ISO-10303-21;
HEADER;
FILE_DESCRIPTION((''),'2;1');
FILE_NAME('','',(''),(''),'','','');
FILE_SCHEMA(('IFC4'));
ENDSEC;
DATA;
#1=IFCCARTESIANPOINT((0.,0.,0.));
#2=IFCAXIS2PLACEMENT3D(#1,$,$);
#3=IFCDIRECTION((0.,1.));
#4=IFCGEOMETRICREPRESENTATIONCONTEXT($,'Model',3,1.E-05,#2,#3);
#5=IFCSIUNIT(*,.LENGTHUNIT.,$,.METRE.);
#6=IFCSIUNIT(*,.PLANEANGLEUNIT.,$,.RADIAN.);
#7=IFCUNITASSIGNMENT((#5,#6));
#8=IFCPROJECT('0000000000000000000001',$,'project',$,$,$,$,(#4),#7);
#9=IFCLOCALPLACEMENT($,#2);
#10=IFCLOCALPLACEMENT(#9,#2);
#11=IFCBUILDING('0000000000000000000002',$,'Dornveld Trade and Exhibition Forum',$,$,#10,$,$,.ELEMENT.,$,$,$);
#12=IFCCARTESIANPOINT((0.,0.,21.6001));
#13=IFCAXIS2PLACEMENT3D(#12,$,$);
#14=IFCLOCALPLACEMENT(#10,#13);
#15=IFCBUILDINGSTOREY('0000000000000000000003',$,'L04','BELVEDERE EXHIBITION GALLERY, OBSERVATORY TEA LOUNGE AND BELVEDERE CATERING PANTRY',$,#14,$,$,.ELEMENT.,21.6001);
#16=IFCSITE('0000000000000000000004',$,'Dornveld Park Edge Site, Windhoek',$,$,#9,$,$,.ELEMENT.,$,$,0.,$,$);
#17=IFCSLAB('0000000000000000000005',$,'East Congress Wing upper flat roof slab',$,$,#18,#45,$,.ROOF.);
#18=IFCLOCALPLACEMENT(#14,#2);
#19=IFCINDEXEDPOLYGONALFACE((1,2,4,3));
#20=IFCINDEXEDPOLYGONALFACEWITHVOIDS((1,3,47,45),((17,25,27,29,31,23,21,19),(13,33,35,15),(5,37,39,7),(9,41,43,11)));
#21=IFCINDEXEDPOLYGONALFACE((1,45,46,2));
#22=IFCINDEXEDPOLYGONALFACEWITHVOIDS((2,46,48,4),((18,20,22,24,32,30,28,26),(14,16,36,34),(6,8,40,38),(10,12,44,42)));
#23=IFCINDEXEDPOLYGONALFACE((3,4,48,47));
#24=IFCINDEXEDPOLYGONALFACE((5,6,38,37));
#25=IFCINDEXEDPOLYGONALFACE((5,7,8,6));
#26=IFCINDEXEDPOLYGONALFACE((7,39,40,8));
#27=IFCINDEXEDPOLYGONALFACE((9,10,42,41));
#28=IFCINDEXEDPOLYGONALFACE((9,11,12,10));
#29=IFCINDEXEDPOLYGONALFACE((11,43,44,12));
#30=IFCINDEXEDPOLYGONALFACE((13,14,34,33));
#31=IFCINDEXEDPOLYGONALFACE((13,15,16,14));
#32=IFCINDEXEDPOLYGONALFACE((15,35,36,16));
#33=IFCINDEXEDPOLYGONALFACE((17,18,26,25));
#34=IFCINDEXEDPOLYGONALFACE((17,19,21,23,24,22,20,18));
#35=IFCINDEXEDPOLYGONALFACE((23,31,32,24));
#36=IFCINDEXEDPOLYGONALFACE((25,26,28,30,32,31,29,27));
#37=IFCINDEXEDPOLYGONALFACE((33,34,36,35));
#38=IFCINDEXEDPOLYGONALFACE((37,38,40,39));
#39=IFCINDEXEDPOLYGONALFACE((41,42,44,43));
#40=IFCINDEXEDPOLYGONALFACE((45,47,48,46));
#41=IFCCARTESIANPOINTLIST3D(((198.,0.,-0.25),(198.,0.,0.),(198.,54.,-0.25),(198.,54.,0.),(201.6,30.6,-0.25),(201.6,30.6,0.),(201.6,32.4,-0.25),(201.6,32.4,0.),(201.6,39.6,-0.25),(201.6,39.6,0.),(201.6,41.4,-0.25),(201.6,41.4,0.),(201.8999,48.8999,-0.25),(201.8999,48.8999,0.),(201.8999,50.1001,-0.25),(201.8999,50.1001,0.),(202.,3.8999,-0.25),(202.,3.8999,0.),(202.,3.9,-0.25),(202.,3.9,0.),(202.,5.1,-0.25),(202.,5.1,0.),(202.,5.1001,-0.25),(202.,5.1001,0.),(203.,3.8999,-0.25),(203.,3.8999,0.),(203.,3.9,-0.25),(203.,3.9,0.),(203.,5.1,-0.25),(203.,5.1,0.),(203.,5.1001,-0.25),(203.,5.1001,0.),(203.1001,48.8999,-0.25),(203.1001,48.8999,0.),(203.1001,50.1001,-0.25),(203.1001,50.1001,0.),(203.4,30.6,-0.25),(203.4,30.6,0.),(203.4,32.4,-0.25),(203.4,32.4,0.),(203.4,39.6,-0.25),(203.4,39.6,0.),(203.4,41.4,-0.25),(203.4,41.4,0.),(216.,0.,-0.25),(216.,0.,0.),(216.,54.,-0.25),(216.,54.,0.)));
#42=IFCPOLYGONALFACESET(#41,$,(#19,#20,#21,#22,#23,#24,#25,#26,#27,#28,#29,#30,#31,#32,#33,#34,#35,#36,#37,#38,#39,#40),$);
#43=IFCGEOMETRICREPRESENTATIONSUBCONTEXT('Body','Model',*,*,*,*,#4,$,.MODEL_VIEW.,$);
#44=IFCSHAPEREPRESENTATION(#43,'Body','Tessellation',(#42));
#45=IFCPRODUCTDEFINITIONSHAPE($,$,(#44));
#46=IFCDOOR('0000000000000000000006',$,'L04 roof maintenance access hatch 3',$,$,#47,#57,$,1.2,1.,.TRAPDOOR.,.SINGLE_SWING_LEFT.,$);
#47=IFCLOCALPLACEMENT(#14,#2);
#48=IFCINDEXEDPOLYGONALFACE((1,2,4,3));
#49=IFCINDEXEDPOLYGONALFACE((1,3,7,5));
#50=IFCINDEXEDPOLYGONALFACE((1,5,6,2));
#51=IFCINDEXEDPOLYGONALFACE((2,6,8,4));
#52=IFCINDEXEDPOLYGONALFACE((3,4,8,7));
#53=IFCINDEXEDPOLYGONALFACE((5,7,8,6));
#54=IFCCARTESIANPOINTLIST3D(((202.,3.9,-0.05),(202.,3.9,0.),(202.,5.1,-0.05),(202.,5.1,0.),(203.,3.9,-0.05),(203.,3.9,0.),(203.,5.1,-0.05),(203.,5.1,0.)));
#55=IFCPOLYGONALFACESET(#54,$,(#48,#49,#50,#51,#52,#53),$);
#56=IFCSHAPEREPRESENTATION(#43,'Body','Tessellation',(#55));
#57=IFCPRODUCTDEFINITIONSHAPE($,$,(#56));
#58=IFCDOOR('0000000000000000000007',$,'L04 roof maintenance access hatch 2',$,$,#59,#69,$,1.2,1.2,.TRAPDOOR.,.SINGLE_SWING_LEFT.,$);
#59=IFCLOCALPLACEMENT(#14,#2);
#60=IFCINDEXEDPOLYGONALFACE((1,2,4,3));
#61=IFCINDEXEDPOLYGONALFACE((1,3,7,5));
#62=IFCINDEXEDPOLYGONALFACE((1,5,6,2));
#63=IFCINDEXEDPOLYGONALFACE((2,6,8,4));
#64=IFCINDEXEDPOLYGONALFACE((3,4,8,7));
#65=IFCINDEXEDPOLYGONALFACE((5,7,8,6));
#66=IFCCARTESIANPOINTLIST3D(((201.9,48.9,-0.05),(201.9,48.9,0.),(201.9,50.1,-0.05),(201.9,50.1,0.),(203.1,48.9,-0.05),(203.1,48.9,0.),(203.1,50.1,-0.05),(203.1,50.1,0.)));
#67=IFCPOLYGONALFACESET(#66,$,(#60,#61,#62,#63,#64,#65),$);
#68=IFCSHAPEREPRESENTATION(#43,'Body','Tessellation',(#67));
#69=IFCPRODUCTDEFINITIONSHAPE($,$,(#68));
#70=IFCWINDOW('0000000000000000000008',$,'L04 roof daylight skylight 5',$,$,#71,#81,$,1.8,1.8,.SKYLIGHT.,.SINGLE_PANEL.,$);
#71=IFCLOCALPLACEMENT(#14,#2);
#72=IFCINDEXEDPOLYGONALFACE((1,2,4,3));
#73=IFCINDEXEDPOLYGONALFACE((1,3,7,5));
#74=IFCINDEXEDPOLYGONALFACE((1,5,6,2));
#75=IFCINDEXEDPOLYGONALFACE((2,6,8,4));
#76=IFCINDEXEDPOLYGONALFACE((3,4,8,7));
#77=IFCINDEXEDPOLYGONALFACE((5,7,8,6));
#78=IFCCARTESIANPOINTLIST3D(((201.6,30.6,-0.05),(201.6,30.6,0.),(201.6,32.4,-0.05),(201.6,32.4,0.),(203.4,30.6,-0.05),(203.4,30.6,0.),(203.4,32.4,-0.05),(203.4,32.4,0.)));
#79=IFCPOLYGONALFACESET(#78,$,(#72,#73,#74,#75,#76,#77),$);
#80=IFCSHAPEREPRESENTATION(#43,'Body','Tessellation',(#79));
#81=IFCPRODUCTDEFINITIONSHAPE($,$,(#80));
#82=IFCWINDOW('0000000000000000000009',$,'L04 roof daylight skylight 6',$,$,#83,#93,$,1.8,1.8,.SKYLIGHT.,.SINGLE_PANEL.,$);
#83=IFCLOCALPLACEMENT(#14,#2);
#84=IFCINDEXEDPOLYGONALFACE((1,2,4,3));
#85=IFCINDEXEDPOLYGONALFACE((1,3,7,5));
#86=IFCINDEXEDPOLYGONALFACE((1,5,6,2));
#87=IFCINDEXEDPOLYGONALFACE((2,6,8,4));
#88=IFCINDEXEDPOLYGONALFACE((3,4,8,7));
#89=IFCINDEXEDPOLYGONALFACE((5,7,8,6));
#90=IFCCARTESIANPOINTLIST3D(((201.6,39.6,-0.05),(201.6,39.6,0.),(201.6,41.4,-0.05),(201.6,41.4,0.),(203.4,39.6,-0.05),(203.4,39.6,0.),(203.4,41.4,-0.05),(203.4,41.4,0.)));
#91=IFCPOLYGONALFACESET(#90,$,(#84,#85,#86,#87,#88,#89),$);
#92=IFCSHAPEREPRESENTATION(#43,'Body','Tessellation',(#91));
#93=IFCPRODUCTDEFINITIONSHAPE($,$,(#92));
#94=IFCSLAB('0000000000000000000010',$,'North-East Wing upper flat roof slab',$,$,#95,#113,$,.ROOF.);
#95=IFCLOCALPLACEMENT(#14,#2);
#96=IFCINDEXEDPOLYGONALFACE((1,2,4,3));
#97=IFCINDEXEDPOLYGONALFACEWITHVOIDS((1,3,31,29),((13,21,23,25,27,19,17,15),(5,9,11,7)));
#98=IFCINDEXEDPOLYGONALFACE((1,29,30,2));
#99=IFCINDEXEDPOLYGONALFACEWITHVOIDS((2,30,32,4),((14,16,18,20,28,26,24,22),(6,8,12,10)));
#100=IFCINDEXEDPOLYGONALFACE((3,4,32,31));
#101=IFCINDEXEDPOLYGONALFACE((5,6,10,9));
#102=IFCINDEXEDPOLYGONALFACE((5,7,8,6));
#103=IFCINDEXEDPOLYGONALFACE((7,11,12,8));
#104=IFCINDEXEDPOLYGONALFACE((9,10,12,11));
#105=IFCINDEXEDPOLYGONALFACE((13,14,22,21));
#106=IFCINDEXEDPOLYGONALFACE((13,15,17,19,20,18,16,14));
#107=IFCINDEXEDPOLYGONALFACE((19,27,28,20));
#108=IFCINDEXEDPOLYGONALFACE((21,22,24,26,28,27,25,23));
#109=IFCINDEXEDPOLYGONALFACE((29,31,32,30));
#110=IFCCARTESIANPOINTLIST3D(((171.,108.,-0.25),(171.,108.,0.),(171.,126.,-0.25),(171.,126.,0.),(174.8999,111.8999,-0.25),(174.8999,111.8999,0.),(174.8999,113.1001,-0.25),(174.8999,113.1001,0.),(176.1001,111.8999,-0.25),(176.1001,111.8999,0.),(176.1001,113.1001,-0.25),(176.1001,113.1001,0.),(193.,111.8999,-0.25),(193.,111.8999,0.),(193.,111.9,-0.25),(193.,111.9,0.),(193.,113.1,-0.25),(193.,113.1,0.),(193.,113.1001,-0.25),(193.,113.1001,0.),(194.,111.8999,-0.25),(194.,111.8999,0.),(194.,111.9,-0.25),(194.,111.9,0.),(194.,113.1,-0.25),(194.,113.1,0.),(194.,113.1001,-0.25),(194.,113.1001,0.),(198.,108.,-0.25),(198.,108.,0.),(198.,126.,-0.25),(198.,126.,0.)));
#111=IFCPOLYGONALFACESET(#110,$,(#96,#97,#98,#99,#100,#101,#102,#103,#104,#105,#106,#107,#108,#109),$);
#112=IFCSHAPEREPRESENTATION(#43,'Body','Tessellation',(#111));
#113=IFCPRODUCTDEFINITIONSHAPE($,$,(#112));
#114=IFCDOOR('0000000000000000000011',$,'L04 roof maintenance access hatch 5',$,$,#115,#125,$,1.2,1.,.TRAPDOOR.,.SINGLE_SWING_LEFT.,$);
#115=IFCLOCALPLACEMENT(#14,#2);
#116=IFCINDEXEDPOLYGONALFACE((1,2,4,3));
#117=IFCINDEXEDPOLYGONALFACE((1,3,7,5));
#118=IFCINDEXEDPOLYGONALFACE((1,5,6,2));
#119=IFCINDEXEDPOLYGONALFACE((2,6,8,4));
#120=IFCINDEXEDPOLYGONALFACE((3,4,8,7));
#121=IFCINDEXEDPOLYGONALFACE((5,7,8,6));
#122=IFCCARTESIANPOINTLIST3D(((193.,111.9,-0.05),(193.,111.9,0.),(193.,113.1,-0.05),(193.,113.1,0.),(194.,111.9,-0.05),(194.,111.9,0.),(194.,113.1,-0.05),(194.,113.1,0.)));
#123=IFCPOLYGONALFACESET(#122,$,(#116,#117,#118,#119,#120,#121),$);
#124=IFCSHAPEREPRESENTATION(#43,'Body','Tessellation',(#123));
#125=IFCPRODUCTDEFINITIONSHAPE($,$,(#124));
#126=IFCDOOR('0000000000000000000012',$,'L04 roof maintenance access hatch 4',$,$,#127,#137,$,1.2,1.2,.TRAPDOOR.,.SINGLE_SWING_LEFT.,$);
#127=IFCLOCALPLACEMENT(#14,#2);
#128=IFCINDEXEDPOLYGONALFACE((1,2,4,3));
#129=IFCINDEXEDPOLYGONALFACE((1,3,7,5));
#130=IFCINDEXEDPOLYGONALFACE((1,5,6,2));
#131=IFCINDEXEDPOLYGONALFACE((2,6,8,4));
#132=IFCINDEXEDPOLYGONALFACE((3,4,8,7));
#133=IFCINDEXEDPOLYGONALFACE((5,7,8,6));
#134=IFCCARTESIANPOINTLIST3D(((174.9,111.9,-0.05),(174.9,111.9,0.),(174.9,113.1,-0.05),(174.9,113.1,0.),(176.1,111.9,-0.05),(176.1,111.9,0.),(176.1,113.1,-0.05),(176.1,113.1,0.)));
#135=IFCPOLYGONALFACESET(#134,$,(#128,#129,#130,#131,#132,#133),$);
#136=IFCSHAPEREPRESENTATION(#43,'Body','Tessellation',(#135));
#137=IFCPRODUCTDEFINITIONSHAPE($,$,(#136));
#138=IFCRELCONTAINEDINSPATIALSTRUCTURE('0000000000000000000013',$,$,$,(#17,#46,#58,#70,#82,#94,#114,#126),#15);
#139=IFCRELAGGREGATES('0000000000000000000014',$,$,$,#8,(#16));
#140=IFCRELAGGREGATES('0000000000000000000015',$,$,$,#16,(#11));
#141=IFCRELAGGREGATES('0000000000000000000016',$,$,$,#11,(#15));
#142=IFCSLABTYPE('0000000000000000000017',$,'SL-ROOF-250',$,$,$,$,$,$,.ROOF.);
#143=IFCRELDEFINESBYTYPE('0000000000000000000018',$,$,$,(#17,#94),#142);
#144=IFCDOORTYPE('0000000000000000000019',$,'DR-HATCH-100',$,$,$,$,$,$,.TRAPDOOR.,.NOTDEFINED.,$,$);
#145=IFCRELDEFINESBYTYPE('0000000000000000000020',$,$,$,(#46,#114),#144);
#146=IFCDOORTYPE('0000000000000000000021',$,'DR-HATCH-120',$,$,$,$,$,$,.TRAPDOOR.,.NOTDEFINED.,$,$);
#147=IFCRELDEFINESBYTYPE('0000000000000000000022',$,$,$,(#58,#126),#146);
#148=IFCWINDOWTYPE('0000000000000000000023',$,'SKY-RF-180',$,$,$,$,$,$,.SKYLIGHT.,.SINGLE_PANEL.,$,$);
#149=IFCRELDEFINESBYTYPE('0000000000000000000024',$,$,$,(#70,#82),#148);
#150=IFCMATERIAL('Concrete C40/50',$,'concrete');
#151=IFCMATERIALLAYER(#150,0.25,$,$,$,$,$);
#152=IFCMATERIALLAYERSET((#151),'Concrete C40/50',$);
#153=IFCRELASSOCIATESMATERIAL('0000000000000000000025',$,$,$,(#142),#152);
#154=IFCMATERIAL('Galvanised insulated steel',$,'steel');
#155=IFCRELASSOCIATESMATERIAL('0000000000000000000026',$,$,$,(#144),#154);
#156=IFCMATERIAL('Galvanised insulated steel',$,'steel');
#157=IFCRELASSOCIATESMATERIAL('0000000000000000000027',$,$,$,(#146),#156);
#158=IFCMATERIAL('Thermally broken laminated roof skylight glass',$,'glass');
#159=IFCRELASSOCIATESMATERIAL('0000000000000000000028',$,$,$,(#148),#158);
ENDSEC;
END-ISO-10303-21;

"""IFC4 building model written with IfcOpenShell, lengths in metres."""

from ifc_helpers import new_model, si_unit, direction, frame, origin, origin_2d, place, context, subcontext, project, spatial, polyline, rectangle, outline, extrude, material, layer, layer_set, type_object, element, fill, save


model = new_model("IFC4")

# Units and contexts
model_context = context("Model", 3, precision=1e-05, world=origin(), true_north=direction((0.0, 1.0)))
body_context = subcontext(model_context, "Body", "Model", "MODEL_VIEW")
ifc_project = project(units=[si_unit("LENGTHUNIT", "METRE"), si_unit("PLANEANGLEUNIT", "RADIAN")], contexts=[model_context])

# Site, building, storey
site_placement = place(None, origin())
site = spatial("IfcSite", under=ifc_project, at=site_placement, Name="Dornveld Park Edge Site, Windhoek", CompositionType="ELEMENT", RefElevation=0.0)
building_placement = place(site_placement, origin())
building = spatial("IfcBuilding", under=site, at=building_placement, Name="Dornveld Trade and Exhibition Forum", CompositionType="ELEMENT")
storey_placement = place(building_placement, frame((0.0, 0.0, 21.6001)))
storey = spatial("IfcBuildingStorey", under=building, at=storey_placement, Name="L04", Description="BELVEDERE EXHIBITION GALLERY, OBSERVATORY TEA LOUNGE AND BELVEDERE CATERING PANTRY", CompositionType="ELEMENT", Elevation=21.6001)

# Slab, openings, doors, windows
ifc_material_1 = material(Name="Concrete C40/50", Category="concrete")
ifc_layer_1 = layer(ifc_material_1, 0.25)
ifc_layer_set_1 = layer_set([ifc_layer_1], Name="Concrete C40/50")
slab_type_1 = type_object("IfcSlabType", Name="SL-ROOF-250", PredefinedType="ROOF", material=ifc_layer_set_1)
slab_1_placement = place(storey_placement, frame((0.0, 0.0, -0.25)))
slab_1 = element("IfcSlab", 1, at=slab_1_placement, inside=storey, type_object=slab_type_1, Name="East Congress Wing upper flat roof slab", PredefinedType="ROOF", context=body_context, shape_type="SweptSolid", body=[
    extrude(outline(polyline([(198.0, 0.0), (216.0, 0.0), (216.0, 54.0), (198.0, 54.0), (198.0, 0.0)]), holes=[polyline([(201.6001, 30.6001), (203.3999, 30.6001), (203.3999, 32.3999), (201.6001, 32.3999), (201.6001, 30.6001)]), polyline([(201.6001, 39.6001), (203.3999, 39.6001), (203.3999, 41.3999), (201.6001, 41.3999), (201.6001, 39.6001)]), polyline([(201.8999, 48.8999), (203.1001, 48.8999), (203.1001, 50.1001), (201.8999, 50.1001), (201.8999, 48.8999)]), polyline([(202.0, 3.8999), (203.0, 3.8999), (203.0, 5.1001), (202.0, 5.1001), (202.0, 3.8999)])]), origin(), (0.0, 0.0, 1.0), 0.25),
])
opening_1_placement = place(slab_1_placement, frame((202.5, 31.5, 0.0)))
opening_1 = element("IfcOpeningElement", 2, at=opening_1_placement, cuts=slab_1, PredefinedType="OPENING", context=body_context, shape_type="SweptSolid", body=[
    extrude(rectangle(XDim=1.8, YDim=1.8, at=origin_2d()), origin(), (0.0, 0.0, 1.0), 0.25),
])
opening_2_placement = place(slab_1_placement, frame((202.5, 40.5, 0.0)))
opening_2 = element("IfcOpeningElement", 3, at=opening_2_placement, cuts=slab_1, PredefinedType="OPENING", context=body_context, shape_type="SweptSolid", body=[
    extrude(rectangle(XDim=1.8, YDim=1.8, at=origin_2d()), origin(), (0.0, 0.0, 1.0), 0.25),
])
opening_3_placement = place(slab_1_placement, frame((202.5, 49.5, 0.0)))
opening_3 = element("IfcOpeningElement", 4, at=opening_3_placement, cuts=slab_1, PredefinedType="OPENING", context=body_context, shape_type="SweptSolid", body=[
    extrude(rectangle(XDim=1.2, YDim=1.2, at=origin_2d()), origin(), (0.0, 0.0, 1.0), 0.25),
])
opening_4_placement = place(slab_1_placement, frame((202.5, 4.5, 0.0)))
opening_4 = element("IfcOpeningElement", 5, at=opening_4_placement, cuts=slab_1, PredefinedType="OPENING", context=body_context, shape_type="SweptSolid", body=[
    extrude(rectangle(XDim=1.0, YDim=1.2, at=origin_2d()), origin(), (0.0, 0.0, 1.0), 0.25),
])
ifc_material_2 = material(Name="Galvanised insulated steel", Category="steel")
door_type_1 = type_object("IfcDoorType", Name="DR-HATCH-100", OperationType="NOTDEFINED", PredefinedType="TRAPDOOR", material=ifc_material_2)
door_1_placement = place(opening_4_placement, frame((0.0, 0.0, 0.2)))
door_1 = element("IfcDoor", 6, at=door_1_placement, inside=storey, type_object=door_type_1, Name="L04 roof maintenance access hatch 3", OperationType="SINGLE_SWING_LEFT", OverallHeight=1.2, OverallWidth=1.0, PredefinedType="TRAPDOOR", context=body_context, shape_type="SweptSolid", body=[
    extrude(rectangle(XDim=1.0, YDim=1.2, at=origin_2d()), origin(), (0.0, 0.0, 1.0), 0.05),
])
fill(opening_4, door_1)
ifc_material_3 = material(Name="Galvanised insulated steel", Category="steel")
door_type_2 = type_object("IfcDoorType", Name="DR-HATCH-120", OperationType="NOTDEFINED", PredefinedType="TRAPDOOR", material=ifc_material_3)
door_2_placement = place(opening_3_placement, frame((0.0, 0.0, 0.2)))
door_2 = element("IfcDoor", 7, at=door_2_placement, inside=storey, type_object=door_type_2, Name="L04 roof maintenance access hatch 2", OperationType="SINGLE_SWING_LEFT", OverallHeight=1.2, OverallWidth=1.2, PredefinedType="TRAPDOOR", context=body_context, shape_type="SweptSolid", body=[
    extrude(rectangle(XDim=1.2, YDim=1.2, at=origin_2d()), origin(), (0.0, 0.0, 1.0), 0.05),
])
fill(opening_3, door_2)
ifc_material_4 = material(Name="Thermally broken laminated roof skylight glass", Category="glass")
window_type = type_object("IfcWindowType", Name="SKY-RF-180", PartitioningType="SINGLE_PANEL", PredefinedType="SKYLIGHT", material=ifc_material_4)
window_1_placement = place(opening_1_placement, frame((0.0, 0.0, 0.2)))
window_1 = element("IfcWindow", 8, at=window_1_placement, inside=storey, type_object=window_type, Name="L04 roof daylight skylight 5", OverallHeight=1.8, OverallWidth=1.8, PartitioningType="SINGLE_PANEL", PredefinedType="SKYLIGHT", context=body_context, shape_type="SweptSolid", body=[
    extrude(rectangle(XDim=1.8, YDim=1.8, at=origin_2d()), origin(), (0.0, 0.0, 1.0), 0.05),
])
fill(opening_1, window_1)
window_2_placement = place(opening_2_placement, frame((0.0, 0.0, 0.2)))
window_2 = element("IfcWindow", 9, at=window_2_placement, inside=storey, type_object=window_type, Name="L04 roof daylight skylight 6", OverallHeight=1.8, OverallWidth=1.8, PartitioningType="SINGLE_PANEL", PredefinedType="SKYLIGHT", context=body_context, shape_type="SweptSolid", body=[
    extrude(rectangle(XDim=1.8, YDim=1.8, at=origin_2d()), origin(), (0.0, 0.0, 1.0), 0.05),
])
fill(opening_2, window_2)

# Slab, openings, doors
slab_2_placement = place(storey_placement, frame((0.0, 0.0, -0.25)))
slab_2 = element("IfcSlab", 10, at=slab_2_placement, inside=storey, type_object=slab_type_1, Name="North-East Wing upper flat roof slab", PredefinedType="ROOF", context=body_context, shape_type="SweptSolid", body=[
    extrude(outline(polyline([(171.0, 108.0), (198.0, 108.0), (198.0, 126.0), (171.0, 126.0), (171.0, 108.0)]), holes=[polyline([(174.8999, 111.8999), (176.1001, 111.8999), (176.1001, 113.1001), (174.8999, 113.1001), (174.8999, 111.8999)]), polyline([(193.0, 111.8999), (194.0, 111.8999), (194.0, 113.1001), (193.0, 113.1001), (193.0, 111.8999)])]), origin(), (0.0, 0.0, 1.0), 0.25),
])
opening_5_placement = place(slab_2_placement, frame((175.5, 112.5, 0.0)))
opening_5 = element("IfcOpeningElement", 11, at=opening_5_placement, cuts=slab_2, PredefinedType="OPENING", context=body_context, shape_type="SweptSolid", body=[
    extrude(rectangle(XDim=1.2, YDim=1.2, at=origin_2d()), origin(), (0.0, 0.0, 1.0), 0.25),
])
opening_6_placement = place(slab_2_placement, frame((193.5, 112.5, 0.0)))
opening_6 = element("IfcOpeningElement", 12, at=opening_6_placement, cuts=slab_2, PredefinedType="OPENING", context=body_context, shape_type="SweptSolid", body=[
    extrude(rectangle(XDim=1.0, YDim=1.2, at=origin_2d()), origin(), (0.0, 0.0, 1.0), 0.25),
])
door_3_placement = place(opening_6_placement, frame((0.0, 0.0, 0.2)))
door_3 = element("IfcDoor", 13, at=door_3_placement, inside=storey, type_object=door_type_1, Name="L04 roof maintenance access hatch 5", OperationType="SINGLE_SWING_LEFT", OverallHeight=1.2, OverallWidth=1.0, PredefinedType="TRAPDOOR", context=body_context, shape_type="SweptSolid", body=[
    extrude(rectangle(XDim=1.0, YDim=1.2, at=origin_2d()), origin(), (0.0, 0.0, 1.0), 0.05),
])
fill(opening_6, door_3)
door_4_placement = place(opening_5_placement, frame((0.0, 0.0, 0.2)))
door_4 = element("IfcDoor", 14, at=door_4_placement, inside=storey, type_object=door_type_2, Name="L04 roof maintenance access hatch 4", OperationType="SINGLE_SWING_LEFT", OverallHeight=1.2, OverallWidth=1.2, PredefinedType="TRAPDOOR", context=body_context, shape_type="SweptSolid", body=[
    extrude(rectangle(XDim=1.2, YDim=1.2, at=origin_2d()), origin(), (0.0, 0.0, 1.0), 0.05),
])
fill(opening_5, door_4)

save(model, "model.ifc")
